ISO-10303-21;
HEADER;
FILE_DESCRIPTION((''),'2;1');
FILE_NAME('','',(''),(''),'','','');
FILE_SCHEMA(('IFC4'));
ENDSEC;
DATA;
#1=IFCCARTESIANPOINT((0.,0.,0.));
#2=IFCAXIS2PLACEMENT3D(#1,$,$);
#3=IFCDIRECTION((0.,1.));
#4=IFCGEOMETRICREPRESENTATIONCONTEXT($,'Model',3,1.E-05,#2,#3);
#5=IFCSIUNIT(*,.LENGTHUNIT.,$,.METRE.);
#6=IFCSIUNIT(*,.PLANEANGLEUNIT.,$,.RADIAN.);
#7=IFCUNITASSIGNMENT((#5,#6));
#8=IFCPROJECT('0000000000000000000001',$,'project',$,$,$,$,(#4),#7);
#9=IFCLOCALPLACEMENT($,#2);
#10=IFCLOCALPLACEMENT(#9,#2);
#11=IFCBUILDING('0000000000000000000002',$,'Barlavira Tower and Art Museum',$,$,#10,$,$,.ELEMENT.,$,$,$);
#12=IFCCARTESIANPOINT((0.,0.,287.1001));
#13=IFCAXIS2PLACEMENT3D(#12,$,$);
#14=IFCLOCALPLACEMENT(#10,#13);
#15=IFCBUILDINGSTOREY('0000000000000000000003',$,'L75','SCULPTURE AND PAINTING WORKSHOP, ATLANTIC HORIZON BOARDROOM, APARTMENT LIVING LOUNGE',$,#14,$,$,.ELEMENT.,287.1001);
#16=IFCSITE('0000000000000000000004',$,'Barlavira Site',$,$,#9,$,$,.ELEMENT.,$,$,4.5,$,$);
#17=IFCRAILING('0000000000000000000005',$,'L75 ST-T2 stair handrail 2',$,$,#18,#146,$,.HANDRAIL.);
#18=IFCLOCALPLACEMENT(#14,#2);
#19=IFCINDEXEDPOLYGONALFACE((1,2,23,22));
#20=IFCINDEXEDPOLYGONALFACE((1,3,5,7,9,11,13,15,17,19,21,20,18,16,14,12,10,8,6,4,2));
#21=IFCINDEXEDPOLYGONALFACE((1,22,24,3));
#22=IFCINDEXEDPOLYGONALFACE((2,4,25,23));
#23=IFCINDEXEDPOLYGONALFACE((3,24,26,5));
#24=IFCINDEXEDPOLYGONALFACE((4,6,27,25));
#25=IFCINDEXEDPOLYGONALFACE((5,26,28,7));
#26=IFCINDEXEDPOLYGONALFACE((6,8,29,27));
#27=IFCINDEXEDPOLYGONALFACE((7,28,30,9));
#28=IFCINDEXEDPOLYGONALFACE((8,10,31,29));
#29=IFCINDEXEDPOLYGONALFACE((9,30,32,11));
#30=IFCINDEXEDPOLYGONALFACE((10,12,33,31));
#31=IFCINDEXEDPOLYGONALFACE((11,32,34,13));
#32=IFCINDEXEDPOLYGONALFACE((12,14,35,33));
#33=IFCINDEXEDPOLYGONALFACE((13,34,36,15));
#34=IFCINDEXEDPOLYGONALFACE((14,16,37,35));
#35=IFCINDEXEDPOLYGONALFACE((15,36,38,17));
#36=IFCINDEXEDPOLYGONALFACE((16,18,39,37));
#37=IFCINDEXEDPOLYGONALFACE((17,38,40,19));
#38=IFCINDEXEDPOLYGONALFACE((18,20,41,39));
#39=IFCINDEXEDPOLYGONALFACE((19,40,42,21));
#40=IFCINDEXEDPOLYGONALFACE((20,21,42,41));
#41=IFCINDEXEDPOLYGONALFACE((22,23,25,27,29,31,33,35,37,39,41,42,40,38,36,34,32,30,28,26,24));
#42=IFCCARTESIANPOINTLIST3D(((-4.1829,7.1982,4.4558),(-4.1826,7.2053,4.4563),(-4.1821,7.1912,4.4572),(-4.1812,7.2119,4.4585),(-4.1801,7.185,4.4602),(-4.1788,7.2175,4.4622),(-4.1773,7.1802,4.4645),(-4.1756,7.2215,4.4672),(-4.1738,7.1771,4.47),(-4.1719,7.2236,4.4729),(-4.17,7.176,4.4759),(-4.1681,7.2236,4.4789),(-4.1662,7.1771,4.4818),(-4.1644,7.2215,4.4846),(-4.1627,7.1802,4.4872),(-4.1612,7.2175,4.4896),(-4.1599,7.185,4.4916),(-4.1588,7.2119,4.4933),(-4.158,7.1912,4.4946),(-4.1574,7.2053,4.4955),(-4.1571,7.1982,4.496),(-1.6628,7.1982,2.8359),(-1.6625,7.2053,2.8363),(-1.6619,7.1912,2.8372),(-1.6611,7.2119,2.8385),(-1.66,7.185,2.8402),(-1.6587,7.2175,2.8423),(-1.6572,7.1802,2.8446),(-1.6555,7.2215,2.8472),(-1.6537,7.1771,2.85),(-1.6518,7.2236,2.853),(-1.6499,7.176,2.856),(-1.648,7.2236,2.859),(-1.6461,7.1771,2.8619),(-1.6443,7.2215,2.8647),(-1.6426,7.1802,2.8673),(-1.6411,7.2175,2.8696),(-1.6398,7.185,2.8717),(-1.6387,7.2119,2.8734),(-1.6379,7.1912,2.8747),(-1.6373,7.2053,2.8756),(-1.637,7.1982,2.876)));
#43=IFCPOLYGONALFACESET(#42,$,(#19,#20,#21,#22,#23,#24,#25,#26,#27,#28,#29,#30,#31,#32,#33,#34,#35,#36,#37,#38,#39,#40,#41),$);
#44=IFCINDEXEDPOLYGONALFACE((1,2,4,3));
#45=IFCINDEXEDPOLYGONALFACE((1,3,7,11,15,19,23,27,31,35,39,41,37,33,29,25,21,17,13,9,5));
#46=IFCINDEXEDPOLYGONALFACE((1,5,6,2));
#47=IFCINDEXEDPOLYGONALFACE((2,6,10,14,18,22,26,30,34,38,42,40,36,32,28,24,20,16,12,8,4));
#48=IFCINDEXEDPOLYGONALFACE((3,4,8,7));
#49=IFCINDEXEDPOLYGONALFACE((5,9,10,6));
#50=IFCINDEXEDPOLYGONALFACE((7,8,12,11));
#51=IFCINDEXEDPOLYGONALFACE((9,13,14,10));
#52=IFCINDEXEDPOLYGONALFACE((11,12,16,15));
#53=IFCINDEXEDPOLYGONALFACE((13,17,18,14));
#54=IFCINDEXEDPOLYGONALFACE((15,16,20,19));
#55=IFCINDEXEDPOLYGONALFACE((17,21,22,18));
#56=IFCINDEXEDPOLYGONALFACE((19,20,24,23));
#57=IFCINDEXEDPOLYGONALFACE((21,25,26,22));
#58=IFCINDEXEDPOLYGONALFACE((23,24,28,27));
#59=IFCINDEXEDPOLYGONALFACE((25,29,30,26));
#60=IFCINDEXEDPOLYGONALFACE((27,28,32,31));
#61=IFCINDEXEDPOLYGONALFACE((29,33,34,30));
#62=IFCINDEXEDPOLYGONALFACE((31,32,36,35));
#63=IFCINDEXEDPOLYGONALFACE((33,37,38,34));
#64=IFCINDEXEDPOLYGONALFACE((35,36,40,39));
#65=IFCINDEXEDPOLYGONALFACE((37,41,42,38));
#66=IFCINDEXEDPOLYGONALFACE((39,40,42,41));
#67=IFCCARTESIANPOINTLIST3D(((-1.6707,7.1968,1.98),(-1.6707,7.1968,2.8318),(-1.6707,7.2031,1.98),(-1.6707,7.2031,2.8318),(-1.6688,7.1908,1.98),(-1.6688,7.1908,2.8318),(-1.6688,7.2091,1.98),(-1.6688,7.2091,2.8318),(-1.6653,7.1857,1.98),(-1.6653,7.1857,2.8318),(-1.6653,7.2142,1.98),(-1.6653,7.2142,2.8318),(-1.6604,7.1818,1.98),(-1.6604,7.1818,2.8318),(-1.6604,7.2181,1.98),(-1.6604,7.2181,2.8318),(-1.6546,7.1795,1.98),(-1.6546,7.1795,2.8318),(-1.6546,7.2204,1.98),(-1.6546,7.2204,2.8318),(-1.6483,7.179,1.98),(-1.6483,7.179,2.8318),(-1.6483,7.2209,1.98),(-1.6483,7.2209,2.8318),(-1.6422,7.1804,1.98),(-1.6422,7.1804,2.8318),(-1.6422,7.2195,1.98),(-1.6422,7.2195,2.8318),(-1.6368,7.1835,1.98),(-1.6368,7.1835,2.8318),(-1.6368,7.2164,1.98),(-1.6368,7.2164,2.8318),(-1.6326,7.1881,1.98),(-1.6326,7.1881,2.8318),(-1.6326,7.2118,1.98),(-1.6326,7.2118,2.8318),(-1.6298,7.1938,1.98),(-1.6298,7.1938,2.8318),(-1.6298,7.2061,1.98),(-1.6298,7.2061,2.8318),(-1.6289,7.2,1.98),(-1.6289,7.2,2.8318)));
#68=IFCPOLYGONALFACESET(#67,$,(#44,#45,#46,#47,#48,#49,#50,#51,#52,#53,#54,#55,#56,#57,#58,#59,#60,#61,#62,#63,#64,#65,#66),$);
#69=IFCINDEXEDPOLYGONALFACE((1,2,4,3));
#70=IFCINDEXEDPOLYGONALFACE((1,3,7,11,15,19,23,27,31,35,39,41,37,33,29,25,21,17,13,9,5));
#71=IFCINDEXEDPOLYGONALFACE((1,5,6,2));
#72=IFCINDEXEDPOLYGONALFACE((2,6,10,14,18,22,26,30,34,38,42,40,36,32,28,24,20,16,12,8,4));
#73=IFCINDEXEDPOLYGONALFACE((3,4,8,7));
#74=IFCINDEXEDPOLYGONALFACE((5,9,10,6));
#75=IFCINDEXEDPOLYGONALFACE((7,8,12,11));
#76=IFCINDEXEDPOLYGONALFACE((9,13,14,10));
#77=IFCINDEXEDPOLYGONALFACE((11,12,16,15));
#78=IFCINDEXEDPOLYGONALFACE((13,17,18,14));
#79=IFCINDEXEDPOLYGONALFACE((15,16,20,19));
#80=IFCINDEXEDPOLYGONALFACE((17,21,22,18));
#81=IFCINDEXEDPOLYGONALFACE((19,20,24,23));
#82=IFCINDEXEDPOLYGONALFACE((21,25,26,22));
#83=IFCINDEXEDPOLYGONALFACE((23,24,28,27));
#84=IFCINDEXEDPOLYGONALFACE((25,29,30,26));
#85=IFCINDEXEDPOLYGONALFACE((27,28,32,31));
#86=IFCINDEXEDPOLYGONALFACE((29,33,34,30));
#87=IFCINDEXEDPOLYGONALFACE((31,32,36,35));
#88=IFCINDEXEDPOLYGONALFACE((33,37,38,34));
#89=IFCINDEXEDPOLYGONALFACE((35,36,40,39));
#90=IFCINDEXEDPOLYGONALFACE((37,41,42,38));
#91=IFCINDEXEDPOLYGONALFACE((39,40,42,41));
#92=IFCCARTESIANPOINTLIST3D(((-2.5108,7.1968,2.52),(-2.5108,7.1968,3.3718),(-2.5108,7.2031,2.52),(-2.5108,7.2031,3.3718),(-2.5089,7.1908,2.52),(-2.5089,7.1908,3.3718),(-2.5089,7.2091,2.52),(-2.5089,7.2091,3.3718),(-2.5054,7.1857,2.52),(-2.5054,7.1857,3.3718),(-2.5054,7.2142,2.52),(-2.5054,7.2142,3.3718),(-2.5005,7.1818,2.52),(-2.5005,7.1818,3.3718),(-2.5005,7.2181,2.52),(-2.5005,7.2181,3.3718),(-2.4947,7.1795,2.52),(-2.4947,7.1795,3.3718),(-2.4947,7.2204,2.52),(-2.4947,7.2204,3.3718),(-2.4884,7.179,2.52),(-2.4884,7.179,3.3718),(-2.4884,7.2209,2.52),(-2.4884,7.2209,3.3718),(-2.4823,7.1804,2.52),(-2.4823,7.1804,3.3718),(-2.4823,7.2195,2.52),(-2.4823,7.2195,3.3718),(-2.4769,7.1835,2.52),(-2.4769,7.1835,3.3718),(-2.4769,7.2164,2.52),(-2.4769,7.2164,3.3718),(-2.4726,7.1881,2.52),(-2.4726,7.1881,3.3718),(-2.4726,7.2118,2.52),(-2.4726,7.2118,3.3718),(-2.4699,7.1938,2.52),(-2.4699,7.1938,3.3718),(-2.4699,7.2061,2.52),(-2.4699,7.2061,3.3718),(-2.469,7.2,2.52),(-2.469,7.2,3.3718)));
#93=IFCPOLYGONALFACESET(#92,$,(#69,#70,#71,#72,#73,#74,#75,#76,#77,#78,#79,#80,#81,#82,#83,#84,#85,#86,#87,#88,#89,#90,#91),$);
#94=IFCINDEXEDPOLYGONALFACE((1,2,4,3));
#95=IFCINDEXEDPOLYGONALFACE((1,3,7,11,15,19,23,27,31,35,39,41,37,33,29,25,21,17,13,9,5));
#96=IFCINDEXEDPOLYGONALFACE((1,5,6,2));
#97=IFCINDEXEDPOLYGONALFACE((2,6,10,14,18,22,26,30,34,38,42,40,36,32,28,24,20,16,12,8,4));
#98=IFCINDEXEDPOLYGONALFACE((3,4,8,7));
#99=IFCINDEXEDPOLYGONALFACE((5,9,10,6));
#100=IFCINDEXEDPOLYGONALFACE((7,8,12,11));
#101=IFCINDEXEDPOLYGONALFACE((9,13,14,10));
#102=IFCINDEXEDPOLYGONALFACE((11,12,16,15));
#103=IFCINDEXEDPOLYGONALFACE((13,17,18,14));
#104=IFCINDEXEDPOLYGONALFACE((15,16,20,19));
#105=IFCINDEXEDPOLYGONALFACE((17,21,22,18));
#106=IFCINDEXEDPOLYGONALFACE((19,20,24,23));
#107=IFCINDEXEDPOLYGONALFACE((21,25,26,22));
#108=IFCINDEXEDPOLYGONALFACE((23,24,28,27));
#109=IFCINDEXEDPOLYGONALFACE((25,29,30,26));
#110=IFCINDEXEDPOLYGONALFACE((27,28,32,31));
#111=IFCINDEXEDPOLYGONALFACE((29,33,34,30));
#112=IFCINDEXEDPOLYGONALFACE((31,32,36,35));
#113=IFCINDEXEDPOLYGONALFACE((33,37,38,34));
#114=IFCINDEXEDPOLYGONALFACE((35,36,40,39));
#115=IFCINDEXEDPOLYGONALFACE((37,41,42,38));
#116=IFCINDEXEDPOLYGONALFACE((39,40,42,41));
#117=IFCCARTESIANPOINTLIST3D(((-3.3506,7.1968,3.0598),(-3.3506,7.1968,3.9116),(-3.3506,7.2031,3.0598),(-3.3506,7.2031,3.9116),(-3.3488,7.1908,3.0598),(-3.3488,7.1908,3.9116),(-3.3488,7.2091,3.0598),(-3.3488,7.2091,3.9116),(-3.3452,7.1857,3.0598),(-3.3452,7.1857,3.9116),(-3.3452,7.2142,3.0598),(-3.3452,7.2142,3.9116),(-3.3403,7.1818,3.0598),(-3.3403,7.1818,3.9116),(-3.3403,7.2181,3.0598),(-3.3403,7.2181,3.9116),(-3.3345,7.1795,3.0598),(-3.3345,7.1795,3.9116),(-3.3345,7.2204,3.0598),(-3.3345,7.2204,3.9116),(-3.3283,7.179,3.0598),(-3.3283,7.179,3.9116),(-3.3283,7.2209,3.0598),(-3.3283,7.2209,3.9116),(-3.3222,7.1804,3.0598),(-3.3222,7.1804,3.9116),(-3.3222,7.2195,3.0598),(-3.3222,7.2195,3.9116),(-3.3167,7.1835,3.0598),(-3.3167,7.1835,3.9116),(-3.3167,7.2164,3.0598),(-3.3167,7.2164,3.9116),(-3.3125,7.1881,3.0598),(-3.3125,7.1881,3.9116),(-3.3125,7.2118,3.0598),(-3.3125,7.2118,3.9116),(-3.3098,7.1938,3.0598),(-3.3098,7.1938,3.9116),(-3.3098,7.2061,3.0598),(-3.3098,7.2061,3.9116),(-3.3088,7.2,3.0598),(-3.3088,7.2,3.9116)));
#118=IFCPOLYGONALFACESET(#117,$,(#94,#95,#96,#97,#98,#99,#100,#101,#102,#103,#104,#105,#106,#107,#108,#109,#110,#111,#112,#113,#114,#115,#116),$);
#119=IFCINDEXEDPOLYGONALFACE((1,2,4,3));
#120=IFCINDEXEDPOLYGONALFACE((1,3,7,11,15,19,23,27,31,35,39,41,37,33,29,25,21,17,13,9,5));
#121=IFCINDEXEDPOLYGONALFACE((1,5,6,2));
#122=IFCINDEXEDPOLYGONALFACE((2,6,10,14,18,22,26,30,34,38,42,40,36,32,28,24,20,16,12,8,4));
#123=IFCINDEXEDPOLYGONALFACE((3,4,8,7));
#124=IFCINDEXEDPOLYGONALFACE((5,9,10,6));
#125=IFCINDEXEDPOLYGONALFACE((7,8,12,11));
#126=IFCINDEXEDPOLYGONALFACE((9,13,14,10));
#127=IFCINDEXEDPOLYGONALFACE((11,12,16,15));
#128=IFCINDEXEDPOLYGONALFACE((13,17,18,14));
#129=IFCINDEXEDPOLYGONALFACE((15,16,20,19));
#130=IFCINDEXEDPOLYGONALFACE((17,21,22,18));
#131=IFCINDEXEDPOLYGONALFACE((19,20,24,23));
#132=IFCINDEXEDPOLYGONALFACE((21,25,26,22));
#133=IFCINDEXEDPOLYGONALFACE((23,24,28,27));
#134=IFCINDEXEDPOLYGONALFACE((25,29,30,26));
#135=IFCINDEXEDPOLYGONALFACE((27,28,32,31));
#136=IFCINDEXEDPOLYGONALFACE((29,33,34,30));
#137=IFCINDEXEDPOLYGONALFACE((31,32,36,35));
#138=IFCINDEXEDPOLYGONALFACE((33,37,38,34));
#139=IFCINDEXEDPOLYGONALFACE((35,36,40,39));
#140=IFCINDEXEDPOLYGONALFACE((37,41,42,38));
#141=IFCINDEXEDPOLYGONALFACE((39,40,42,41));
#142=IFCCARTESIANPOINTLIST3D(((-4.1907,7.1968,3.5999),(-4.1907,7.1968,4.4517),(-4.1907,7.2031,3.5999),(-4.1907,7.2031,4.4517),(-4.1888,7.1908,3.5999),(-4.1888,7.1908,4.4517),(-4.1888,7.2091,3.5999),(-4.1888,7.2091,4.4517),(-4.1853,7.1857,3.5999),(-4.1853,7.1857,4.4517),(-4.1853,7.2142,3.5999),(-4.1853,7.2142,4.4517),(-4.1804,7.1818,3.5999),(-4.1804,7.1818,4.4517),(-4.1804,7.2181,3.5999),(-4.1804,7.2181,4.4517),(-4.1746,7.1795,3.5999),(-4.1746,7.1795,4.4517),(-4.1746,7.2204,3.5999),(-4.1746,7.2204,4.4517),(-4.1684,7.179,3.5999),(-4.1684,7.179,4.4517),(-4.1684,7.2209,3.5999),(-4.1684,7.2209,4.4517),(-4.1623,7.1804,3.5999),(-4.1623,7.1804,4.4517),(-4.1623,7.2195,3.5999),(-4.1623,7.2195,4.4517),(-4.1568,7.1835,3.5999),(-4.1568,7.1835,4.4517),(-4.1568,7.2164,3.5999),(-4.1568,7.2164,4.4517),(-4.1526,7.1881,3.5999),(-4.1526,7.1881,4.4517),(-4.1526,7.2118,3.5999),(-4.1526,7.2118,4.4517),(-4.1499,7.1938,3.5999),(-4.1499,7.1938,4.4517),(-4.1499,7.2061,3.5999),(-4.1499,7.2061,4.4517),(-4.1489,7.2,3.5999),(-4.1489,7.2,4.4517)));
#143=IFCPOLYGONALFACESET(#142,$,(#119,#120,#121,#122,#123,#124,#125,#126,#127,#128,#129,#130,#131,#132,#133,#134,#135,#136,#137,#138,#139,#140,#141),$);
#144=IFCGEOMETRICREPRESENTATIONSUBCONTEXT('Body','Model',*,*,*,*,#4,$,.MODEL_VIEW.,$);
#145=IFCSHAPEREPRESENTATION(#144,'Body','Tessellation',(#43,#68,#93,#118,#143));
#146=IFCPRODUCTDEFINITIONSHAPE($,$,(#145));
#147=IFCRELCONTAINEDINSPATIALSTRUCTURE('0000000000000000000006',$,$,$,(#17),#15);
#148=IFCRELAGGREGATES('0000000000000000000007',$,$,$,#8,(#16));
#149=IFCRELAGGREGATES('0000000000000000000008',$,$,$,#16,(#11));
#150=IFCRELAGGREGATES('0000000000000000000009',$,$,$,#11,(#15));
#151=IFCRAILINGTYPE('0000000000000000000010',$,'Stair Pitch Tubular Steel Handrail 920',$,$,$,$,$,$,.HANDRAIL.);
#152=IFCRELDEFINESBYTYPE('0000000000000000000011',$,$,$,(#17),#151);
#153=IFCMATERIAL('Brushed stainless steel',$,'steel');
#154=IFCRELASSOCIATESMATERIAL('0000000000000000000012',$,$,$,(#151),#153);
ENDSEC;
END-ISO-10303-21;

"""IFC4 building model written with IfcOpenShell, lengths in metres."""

from ifc_helpers import new_model, si_unit, direction, frame, origin, origin_2d, place, context, subcontext, project, spatial, circle, extrude, material, type_object, element, save


model = new_model("IFC4")

# Units and contexts
model_context = context("Model", 3, precision=1e-05, world=origin(), true_north=direction((0.0, 1.0)))
body_context = subcontext(model_context, "Body", "Model", "MODEL_VIEW")
ifc_project = project(units=[si_unit("LENGTHUNIT", "METRE"), si_unit("PLANEANGLEUNIT", "RADIAN")], contexts=[model_context])

# Site, building, storey
site_placement = place(None, origin())
site = spatial("IfcSite", under=ifc_project, at=site_placement, Name="Barlavira Site", CompositionType="ELEMENT", RefElevation=4.5)
building_placement = place(site_placement, origin())
building = spatial("IfcBuilding", under=site, at=building_placement, Name="Barlavira Tower and Art Museum", CompositionType="ELEMENT")
storey_placement = place(building_placement, frame((0.0, 0.0, 287.1001)))
storey = spatial("IfcBuildingStorey", under=building, at=storey_placement, Name="L75", Description="SCULPTURE AND PAINTING WORKSHOP, ATLANTIC HORIZON BOARDROOM, APARTMENT LIVING LOUNGE", CompositionType="ELEMENT", Elevation=287.1001)

# Shared definitions
ifc_material_1 = material(Name="Brushed stainless steel", Category="steel")

# Railing
railing_type = type_object("IfcRailingType", Name="Stair Pitch Tubular Steel Handrail 920", PredefinedType="HANDRAIL", material=ifc_material_1)
railing_placement = place(storey_placement, frame((-1.6499, 7.2, 1.98)))
element("IfcRailing", 1, at=railing_placement, inside=storey, type_object=railing_type, Name="L75 ST-T2 stair handrail 2", PredefinedType="HANDRAIL", context=body_context, shape_type="SweptSolid", body=[
    extrude(circle(Radius=0.0239, at=origin_2d()), frame((0.0, 0.0, 0.876), z_axis=(-0.8412, 0.0, 0.540725), x_axis=(0.0, -1.0, 0.0)), (0.0, 0.0, 1.0), 2.9958),
    extrude(circle(Radius=0.021, at=origin_2d()), origin(), (0.0, 0.0, 1.0), 0.8518),
    extrude(circle(Radius=0.021, at=origin_2d()), frame((-0.8401, 0.0, 0.54)), (0.0, 0.0, 1.0), 0.8518),
    extrude(circle(Radius=0.021, at=origin_2d()), frame((-1.6799, 0.0, 1.0798)), (0.0, 0.0, 1.0), 0.8518),
    extrude(circle(Radius=0.021, at=origin_2d()), frame((-2.52, 0.0, 1.6199)), (0.0, 0.0, 1.0), 0.8518),
])

save(model, "model.ifc")
